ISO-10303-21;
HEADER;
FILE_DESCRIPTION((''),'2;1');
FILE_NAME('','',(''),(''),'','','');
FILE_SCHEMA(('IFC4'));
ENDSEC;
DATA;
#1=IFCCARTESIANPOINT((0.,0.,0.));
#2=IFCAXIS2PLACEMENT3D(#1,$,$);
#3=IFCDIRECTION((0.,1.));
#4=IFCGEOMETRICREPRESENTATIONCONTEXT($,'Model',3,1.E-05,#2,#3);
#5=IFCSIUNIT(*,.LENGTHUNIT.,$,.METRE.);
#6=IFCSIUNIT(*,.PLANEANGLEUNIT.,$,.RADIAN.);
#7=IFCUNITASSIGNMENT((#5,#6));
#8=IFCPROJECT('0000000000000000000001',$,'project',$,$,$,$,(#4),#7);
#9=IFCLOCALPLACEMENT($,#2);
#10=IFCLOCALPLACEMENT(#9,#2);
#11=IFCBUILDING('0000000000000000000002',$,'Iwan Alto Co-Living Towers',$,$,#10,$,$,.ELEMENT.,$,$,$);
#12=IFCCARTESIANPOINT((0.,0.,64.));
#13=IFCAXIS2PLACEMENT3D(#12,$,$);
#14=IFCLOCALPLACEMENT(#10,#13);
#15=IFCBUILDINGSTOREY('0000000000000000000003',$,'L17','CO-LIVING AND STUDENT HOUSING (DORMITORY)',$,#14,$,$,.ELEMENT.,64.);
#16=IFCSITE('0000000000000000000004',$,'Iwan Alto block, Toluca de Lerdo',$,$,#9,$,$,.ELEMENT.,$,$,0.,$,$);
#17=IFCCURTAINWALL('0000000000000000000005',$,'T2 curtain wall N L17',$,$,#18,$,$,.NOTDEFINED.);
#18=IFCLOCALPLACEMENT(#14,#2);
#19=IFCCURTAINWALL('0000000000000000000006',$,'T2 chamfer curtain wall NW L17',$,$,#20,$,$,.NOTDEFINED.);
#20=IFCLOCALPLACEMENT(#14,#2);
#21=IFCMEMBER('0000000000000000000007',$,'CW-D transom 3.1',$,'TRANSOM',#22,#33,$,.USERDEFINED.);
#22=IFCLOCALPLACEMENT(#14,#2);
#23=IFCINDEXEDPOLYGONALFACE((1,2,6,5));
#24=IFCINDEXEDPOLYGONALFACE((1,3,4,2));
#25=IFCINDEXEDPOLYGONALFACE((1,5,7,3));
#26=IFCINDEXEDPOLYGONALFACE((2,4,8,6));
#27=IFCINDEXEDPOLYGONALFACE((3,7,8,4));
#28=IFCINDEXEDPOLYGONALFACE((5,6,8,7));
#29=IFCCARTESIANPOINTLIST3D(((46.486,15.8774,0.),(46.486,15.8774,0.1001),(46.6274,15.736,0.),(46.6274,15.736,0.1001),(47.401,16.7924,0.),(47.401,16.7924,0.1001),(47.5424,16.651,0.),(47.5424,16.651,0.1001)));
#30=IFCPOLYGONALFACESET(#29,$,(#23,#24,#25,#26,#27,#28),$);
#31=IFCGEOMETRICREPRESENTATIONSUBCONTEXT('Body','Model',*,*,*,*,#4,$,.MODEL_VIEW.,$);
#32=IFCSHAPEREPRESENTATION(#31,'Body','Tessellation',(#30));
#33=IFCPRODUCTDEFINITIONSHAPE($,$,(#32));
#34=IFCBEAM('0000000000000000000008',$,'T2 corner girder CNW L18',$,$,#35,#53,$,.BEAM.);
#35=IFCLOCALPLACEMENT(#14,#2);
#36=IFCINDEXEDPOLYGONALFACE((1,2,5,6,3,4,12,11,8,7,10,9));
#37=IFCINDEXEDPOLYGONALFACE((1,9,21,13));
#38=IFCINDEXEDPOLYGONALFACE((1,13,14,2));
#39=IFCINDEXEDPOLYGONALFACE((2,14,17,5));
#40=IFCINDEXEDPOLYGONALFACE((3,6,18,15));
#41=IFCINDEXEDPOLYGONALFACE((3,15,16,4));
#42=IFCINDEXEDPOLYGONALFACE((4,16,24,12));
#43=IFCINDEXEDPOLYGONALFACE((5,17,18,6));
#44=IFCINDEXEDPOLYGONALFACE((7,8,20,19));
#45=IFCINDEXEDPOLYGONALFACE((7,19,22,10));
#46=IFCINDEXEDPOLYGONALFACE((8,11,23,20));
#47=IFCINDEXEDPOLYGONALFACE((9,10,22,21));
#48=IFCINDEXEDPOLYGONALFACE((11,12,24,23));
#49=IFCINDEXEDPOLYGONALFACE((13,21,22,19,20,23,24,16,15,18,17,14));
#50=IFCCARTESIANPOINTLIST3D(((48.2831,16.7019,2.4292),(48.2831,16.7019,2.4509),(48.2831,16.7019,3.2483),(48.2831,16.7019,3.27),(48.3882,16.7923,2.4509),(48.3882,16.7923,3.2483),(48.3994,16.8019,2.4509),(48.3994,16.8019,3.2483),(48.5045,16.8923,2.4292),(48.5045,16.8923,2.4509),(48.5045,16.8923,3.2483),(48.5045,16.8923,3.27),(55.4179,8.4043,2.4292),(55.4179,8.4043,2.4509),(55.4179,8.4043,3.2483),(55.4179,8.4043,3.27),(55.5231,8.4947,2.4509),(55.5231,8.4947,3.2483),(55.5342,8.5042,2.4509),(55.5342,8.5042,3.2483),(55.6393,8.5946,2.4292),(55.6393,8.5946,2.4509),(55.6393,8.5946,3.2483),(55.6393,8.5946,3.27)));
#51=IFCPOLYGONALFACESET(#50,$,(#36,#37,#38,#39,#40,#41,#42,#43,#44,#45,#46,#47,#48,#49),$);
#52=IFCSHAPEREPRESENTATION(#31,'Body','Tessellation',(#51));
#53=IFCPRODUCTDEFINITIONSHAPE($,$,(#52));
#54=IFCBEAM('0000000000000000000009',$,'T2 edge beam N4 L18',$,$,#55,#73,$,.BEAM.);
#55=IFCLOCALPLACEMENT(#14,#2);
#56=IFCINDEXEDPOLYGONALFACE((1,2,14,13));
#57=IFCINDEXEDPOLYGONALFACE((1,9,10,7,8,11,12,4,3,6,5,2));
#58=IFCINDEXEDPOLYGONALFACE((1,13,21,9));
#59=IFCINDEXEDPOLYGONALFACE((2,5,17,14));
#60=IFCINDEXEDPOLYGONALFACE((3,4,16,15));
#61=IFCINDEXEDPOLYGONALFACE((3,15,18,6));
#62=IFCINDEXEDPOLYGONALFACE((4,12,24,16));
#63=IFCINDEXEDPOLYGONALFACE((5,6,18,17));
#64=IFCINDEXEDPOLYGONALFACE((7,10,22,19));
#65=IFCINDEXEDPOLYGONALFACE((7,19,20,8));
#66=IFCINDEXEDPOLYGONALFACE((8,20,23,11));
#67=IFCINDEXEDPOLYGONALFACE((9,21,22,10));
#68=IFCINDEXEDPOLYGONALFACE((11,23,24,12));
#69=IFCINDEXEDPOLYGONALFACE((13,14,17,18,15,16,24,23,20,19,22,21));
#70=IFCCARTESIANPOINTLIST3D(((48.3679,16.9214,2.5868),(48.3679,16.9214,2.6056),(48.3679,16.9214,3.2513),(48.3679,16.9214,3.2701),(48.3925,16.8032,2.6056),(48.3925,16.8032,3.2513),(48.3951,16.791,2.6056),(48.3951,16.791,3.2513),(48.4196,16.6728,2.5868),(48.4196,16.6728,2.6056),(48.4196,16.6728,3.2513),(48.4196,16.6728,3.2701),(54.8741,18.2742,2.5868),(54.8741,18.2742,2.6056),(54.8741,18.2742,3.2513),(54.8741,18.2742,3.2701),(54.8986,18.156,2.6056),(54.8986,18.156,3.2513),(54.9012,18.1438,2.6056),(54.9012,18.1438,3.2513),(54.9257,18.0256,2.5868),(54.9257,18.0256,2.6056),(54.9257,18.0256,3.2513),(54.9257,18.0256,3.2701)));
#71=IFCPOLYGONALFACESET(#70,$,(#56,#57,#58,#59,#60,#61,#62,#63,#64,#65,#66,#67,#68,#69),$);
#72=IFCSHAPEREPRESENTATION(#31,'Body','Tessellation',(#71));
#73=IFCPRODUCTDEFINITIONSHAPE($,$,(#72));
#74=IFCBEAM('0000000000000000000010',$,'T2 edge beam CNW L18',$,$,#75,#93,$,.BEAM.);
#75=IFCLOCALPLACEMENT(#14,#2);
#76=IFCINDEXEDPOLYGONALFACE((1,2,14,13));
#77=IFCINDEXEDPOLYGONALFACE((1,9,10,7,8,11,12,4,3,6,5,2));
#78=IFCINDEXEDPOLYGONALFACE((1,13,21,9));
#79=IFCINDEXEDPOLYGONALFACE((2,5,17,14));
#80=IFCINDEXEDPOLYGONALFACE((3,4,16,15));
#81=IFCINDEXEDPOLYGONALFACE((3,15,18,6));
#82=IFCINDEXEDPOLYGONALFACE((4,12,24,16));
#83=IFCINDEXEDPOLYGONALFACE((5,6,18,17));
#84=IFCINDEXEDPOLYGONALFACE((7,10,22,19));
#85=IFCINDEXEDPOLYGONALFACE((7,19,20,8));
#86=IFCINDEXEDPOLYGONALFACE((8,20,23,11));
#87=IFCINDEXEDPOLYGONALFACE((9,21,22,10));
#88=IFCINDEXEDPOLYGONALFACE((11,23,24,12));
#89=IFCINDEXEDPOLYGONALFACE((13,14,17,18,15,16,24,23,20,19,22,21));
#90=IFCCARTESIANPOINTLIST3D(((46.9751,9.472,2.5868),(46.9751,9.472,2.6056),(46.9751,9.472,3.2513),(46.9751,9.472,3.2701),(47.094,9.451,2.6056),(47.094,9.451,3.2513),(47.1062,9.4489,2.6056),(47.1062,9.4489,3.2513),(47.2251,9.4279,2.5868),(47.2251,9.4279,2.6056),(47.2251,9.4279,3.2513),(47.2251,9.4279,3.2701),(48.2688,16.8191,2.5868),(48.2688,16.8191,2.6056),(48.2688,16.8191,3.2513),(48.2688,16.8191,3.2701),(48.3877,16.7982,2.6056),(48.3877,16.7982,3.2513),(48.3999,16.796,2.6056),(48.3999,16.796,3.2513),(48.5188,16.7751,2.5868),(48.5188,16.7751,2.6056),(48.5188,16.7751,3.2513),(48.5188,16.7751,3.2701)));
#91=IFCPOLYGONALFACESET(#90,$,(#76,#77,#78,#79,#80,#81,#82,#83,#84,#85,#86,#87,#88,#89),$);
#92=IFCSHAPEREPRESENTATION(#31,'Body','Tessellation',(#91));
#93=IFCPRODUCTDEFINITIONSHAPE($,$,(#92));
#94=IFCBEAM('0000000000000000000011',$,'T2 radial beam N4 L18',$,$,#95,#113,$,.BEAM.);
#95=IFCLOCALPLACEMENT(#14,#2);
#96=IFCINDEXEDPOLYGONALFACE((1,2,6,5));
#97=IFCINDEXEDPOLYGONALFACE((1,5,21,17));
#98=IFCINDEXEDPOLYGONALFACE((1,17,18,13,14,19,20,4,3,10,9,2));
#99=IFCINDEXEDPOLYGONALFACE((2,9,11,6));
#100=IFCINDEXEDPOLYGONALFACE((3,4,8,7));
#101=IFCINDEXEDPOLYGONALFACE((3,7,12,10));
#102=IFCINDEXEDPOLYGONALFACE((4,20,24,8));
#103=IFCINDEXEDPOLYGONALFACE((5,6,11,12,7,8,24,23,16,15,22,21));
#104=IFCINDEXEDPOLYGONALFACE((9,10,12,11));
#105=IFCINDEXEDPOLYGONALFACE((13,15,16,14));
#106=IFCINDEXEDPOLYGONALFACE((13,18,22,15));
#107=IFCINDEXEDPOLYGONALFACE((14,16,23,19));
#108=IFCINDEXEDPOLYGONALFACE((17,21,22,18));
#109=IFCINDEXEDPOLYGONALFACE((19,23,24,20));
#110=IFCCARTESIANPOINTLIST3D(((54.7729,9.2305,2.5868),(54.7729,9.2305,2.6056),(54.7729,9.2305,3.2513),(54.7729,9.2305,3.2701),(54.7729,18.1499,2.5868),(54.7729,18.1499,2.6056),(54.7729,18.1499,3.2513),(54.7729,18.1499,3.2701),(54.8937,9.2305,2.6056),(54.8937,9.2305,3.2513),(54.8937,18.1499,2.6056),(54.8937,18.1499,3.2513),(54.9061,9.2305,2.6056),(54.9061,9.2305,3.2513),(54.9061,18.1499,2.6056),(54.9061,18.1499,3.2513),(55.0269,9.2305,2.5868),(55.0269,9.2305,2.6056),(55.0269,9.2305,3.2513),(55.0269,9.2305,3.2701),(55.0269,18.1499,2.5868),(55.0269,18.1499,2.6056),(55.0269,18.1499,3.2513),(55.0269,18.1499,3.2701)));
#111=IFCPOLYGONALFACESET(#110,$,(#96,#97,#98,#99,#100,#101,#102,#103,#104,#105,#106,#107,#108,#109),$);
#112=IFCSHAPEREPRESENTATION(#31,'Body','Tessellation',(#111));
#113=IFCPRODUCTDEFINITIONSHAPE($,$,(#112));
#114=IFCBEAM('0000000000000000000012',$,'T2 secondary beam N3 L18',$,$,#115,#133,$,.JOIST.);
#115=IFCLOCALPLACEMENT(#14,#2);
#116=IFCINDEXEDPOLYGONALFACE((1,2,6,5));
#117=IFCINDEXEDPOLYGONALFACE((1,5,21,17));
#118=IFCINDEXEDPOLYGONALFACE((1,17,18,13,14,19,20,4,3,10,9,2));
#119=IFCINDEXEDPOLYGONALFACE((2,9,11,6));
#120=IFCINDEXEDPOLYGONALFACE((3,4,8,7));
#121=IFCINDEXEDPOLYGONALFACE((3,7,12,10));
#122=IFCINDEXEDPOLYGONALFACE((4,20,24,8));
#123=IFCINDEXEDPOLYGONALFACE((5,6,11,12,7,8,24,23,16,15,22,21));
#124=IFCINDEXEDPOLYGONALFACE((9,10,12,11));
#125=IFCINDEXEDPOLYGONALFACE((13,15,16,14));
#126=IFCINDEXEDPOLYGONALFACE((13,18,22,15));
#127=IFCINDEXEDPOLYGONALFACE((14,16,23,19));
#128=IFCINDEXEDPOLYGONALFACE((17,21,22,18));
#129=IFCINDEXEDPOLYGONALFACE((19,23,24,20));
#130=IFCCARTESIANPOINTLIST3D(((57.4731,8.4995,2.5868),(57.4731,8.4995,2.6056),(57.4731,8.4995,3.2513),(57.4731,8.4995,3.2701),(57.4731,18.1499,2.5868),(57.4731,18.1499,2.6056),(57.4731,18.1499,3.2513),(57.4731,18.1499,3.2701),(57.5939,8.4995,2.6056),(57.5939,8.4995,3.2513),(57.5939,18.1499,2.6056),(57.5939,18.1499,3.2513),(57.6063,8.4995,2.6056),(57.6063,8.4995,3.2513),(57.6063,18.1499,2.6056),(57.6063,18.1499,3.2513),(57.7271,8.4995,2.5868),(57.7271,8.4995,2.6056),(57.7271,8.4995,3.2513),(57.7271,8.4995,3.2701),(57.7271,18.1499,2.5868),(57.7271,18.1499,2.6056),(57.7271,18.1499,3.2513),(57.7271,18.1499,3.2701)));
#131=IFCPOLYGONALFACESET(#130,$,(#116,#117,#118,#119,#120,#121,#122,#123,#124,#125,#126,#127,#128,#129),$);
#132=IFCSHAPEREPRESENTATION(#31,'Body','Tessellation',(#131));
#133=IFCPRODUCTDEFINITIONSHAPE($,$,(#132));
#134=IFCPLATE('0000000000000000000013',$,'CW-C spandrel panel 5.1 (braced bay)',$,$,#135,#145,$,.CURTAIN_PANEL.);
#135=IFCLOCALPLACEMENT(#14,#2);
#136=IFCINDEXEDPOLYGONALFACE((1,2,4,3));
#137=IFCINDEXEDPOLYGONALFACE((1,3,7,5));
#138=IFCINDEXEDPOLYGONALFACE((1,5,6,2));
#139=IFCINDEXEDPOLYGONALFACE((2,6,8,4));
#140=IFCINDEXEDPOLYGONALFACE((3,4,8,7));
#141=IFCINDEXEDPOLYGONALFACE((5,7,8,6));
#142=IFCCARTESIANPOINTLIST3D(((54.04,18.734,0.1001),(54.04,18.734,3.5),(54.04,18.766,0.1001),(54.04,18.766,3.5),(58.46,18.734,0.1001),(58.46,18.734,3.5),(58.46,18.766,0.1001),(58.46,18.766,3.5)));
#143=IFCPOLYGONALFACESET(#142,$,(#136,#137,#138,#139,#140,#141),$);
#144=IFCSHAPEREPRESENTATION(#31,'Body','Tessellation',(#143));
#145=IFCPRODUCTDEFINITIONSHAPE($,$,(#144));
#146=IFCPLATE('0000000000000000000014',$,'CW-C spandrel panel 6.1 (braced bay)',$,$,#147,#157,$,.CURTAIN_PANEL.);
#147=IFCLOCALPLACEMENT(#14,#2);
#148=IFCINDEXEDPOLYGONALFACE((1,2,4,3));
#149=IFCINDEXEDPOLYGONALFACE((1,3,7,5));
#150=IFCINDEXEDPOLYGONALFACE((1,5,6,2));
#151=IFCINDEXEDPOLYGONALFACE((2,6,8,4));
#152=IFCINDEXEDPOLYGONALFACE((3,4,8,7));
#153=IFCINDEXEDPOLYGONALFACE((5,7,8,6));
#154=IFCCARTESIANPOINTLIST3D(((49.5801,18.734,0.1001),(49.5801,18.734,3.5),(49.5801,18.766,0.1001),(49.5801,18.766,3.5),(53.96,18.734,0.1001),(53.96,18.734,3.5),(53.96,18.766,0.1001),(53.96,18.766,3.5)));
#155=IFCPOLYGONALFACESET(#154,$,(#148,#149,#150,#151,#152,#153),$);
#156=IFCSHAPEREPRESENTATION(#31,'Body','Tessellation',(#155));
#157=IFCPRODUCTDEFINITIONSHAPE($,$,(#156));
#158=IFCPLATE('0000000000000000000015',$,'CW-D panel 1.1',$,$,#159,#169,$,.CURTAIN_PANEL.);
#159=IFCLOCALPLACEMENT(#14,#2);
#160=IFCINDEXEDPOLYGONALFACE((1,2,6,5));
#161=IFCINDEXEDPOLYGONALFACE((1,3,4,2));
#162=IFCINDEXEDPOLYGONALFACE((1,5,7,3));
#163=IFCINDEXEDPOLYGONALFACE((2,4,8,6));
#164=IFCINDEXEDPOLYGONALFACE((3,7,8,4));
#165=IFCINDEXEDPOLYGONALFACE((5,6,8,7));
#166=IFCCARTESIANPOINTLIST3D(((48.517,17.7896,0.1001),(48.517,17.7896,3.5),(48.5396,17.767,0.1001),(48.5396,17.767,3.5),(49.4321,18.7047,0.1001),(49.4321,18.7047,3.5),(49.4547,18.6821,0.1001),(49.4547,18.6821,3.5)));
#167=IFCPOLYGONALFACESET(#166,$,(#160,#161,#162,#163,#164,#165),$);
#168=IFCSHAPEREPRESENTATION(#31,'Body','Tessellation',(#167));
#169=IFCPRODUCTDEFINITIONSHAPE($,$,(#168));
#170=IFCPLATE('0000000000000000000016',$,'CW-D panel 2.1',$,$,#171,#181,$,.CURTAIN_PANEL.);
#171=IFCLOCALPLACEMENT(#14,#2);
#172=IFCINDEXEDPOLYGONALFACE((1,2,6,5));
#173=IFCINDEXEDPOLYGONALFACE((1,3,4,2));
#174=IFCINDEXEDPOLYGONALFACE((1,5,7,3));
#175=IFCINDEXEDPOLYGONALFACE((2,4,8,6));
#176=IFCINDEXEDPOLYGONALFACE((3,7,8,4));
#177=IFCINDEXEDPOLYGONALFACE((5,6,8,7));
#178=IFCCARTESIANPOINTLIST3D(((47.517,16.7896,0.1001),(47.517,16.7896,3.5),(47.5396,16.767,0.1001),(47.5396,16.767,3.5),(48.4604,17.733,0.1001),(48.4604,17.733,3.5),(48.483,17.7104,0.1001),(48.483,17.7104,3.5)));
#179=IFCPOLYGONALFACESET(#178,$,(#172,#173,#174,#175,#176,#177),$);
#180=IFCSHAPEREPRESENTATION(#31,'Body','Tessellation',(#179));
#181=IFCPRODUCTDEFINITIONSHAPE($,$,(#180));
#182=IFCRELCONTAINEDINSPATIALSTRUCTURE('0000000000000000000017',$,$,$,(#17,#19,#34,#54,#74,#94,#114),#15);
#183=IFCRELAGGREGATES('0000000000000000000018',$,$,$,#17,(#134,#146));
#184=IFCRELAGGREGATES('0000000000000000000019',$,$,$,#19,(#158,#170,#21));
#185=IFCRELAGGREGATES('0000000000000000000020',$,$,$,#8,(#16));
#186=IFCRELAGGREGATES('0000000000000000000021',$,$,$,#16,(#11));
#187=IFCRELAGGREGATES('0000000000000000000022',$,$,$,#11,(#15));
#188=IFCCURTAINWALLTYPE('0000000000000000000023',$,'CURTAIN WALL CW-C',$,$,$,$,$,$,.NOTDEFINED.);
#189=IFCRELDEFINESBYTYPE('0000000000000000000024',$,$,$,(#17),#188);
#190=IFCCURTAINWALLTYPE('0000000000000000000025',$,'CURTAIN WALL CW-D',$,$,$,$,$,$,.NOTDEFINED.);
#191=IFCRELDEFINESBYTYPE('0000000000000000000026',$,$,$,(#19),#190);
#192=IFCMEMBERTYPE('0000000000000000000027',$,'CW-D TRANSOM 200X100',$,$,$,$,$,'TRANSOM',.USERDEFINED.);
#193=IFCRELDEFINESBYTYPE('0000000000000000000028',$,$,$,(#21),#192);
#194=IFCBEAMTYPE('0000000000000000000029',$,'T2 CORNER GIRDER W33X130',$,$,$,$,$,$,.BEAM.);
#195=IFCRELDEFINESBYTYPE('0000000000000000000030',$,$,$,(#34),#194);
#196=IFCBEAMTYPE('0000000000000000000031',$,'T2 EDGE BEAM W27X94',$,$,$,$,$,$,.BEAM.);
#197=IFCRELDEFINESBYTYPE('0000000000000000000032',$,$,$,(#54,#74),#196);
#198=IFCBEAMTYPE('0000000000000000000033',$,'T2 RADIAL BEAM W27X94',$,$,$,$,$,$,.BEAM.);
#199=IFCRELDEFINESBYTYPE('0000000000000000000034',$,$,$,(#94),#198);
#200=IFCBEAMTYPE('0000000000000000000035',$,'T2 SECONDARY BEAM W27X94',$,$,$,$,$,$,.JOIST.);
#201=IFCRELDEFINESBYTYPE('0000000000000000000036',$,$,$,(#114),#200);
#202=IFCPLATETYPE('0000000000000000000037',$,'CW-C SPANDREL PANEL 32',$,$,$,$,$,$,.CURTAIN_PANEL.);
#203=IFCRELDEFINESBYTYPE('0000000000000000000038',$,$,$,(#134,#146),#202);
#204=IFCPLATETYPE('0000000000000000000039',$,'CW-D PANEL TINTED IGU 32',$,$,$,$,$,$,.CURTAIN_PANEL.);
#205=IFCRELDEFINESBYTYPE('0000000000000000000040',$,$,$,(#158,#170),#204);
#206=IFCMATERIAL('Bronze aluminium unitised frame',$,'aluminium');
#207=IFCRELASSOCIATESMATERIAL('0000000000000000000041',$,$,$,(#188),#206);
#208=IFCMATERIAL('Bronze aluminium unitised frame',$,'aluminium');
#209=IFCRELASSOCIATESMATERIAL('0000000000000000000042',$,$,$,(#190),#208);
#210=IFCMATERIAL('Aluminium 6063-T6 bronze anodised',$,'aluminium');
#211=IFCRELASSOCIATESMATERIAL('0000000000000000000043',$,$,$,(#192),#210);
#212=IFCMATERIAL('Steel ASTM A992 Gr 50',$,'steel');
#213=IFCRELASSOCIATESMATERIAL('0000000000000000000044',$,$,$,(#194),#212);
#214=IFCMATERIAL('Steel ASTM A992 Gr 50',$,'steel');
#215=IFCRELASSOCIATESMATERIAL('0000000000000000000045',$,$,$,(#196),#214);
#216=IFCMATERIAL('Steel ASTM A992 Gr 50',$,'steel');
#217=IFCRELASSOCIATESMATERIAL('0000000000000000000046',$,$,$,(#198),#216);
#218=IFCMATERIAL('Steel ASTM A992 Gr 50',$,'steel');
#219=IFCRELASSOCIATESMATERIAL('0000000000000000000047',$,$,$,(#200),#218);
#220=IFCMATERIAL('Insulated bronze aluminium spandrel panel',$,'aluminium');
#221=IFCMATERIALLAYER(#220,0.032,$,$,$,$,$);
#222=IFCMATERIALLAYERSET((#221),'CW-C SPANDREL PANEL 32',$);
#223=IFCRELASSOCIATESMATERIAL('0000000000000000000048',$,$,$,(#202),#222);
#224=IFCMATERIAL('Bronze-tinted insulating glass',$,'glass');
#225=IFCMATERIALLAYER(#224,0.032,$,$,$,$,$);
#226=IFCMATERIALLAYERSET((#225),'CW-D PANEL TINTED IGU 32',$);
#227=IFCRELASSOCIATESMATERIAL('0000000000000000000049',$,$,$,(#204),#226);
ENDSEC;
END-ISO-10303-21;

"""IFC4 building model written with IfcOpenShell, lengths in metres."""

from ifc_helpers import new_model, si_unit, direction, frame, origin, origin_2d, place, context, subcontext, project, spatial, rectangle, i_section, extrude, material, layer, layer_set, material_profile, profile_set, type_object, element, aggregate, save


model = new_model("IFC4")

# Units and contexts
model_context = context("Model", 3, precision=1e-05, world=origin(), true_north=direction((0.0, 1.0)))
body_context = subcontext(model_context, "Body", "Model", "MODEL_VIEW")
ifc_project = project(units=[si_unit("LENGTHUNIT", "METRE"), si_unit("PLANEANGLEUNIT", "RADIAN")], contexts=[model_context])

# Site, building, storey
site_placement = place(None, origin())
site = spatial("IfcSite", under=ifc_project, at=site_placement, Name="Iwan Alto block, Toluca de Lerdo", CompositionType="ELEMENT", RefElevation=0.0)
building_placement = place(site_placement, origin())
building = spatial("IfcBuilding", under=site, at=building_placement, Name="Iwan Alto Co-Living Towers", CompositionType="ELEMENT")
storey_placement = place(building_placement, frame((0.0, 0.0, 64.0)))
storey = spatial("IfcBuildingStorey", under=building, at=storey_placement, Name="L17", Description="CO-LIVING AND STUDENT HOUSING (DORMITORY)", CompositionType="ELEMENT", Elevation=64.0)

# Curtain walls, member
ifc_material_1 = material(Name="Bronze aluminium unitised frame", Category="aluminium")
curtain_wall_type_1 = type_object("IfcCurtainWallType", Name="CURTAIN WALL CW-C", PredefinedType="NOTDEFINED", material=ifc_material_1)
curtain_wall_1_placement = place(storey_placement, origin())
curtain_wall_1 = element("IfcCurtainWall", 1, at=curtain_wall_1_placement, inside=storey, type_object=curtain_wall_type_1, Name="T2 curtain wall N L17", PredefinedType="NOTDEFINED")
ifc_material_2 = material(Name="Bronze aluminium unitised frame", Category="aluminium")
curtain_wall_type_2 = type_object("IfcCurtainWallType", Name="CURTAIN WALL CW-D", PredefinedType="NOTDEFINED", material=ifc_material_2)
curtain_wall_2_placement = place(storey_placement, origin())
curtain_wall_2 = element("IfcCurtainWall", 2, at=curtain_wall_2_placement, inside=storey, type_object=curtain_wall_type_2, Name="T2 chamfer curtain wall NW L17", PredefinedType="NOTDEFINED")
ifc_material_3 = material(Name="Aluminium 6063-T6 bronze anodised", Category="aluminium")
ifc_material_profile_1 = material_profile(ifc_material_3, rectangle(XDim=0.2, YDim=0.1001, at=origin_2d()), Name="AL 200X100")
ifc_profile_set_1 = profile_set([ifc_material_profile_1], Name="Aluminium 6063-T6 bronze anodised")
member_type_1 = type_object("IfcMemberType", Name="CW-D TRANSOM 200X100", ElementType="TRANSOM", PredefinedType="USERDEFINED", material=ifc_profile_set_1)
member_1_placement = place(storey_placement, frame((47.4717, 16.7217, 0.05), z_axis=(-0.707107, -0.707107, 0.0), x_axis=(0.707107, -0.707107, 0.0)))
member_1 = element("IfcMember", 3, at=member_1_placement, type_object=member_type_1, Name="CW-D transom 3.1", ObjectType="TRANSOM", PredefinedType="USERDEFINED", context=body_context, shape_type="SweptSolid", body=[
    extrude(rectangle(XDim=0.2, YDim=0.1001, at=origin_2d()), origin(), (0.0, 0.0, 1.0), 1.2939),
])

# Beams
ifc_material_4 = material(Name="Steel ASTM A992 Gr 50", Category="steel")
ifc_material_profile_2 = material_profile(ifc_material_4, i_section(OverallWidth=0.292, OverallDepth=0.8408, WebThickness=0.0146, FlangeThickness=0.0217, at=origin_2d()), Name="W33X130")
ifc_profile_set_2 = profile_set([ifc_material_profile_2], Name="Steel ASTM A992 Gr 50")
beam_type_1 = type_object("IfcBeamType", Name="T2 CORNER GIRDER W33X130", PredefinedType="BEAM", material=ifc_profile_set_2)
beam_1_placement = place(storey_placement, frame((48.3938, 16.7971, 2.8496), z_axis=(0.651977, -0.758238, 0.0), x_axis=(0.758238, 0.651977, 0.0)))
element("IfcBeam", 4, at=beam_1_placement, inside=storey, type_object=beam_type_1, Name="T2 corner girder CNW L18", PredefinedType="BEAM", context=body_context, shape_type="SweptSolid", body=[
    extrude(i_section(OverallWidth=0.292, OverallDepth=0.8408, WebThickness=0.0146, FlangeThickness=0.0217, at=origin_2d()), origin(), (0.0, 0.0, 1.0), 10.9434),
])
ifc_material_5 = material(Name="Steel ASTM A992 Gr 50", Category="steel")
ifc_material_profile_3 = material_profile(ifc_material_5, i_section(OverallWidth=0.2539, OverallDepth=0.6833, WebThickness=0.0125, FlangeThickness=0.0188, at=origin_2d()), Name="W27X94")
ifc_profile_set_3 = profile_set([ifc_material_profile_3], Name="Steel ASTM A992 Gr 50")
beam_type_2 = type_object("IfcBeamType", Name="T2 EDGE BEAM W27X94", PredefinedType="BEAM", material=ifc_profile_set_3)
beam_2_placement = place(storey_placement, frame((54.8999, 18.1499, 2.9285), z_axis=(-0.97906, -0.203571, 0.0), x_axis=(0.203571, -0.97906, 0.0)))
element("IfcBeam", 5, at=beam_2_placement, inside=storey, type_object=beam_type_2, Name="T2 edge beam N4 L18", PredefinedType="BEAM", context=body_context, shape_type="SweptSolid", body=[
    extrude(i_section(OverallWidth=0.2539, OverallDepth=0.6833, WebThickness=0.0125, FlangeThickness=0.0188, at=origin_2d()), origin(), (0.0, 0.0, 1.0), 6.6453),
])
beam_3_placement = place(storey_placement, frame((48.3938, 16.7971, 2.9285), z_axis=(-0.173414, -0.984849, 0.0), x_axis=(0.984849, -0.173414, 0.0)))
element("IfcBeam", 6, at=beam_3_placement, inside=storey, type_object=beam_type_2, Name="T2 edge beam CNW L18", PredefinedType="BEAM", context=body_context, shape_type="SweptSolid", body=[
    extrude(i_section(OverallWidth=0.2539, OverallDepth=0.6833, WebThickness=0.0125, FlangeThickness=0.0188, at=origin_2d()), origin(), (0.0, 0.0, 1.0), 7.4602),
])
ifc_material_6 = material(Name="Steel ASTM A992 Gr 50", Category="steel")
ifc_material_profile_4 = material_profile(ifc_material_6, i_section(OverallWidth=0.2539, OverallDepth=0.6833, WebThickness=0.0125, FlangeThickness=0.0188, at=origin_2d()), Name="W27X94")
ifc_profile_set_4 = profile_set([ifc_material_profile_4], Name="Steel ASTM A992 Gr 50")
beam_type_3 = type_object("IfcBeamType", Name="T2 RADIAL BEAM W27X94", PredefinedType="BEAM", material=ifc_profile_set_4)
beam_4_placement = place(storey_placement, frame((54.8999, 18.1499, 2.9285), z_axis=(0.0, -1.0, 0.0), x_axis=(1.0, 0.0, 0.0)))
element("IfcBeam", 7, at=beam_4_placement, inside=storey, type_object=beam_type_3, Name="T2 radial beam N4 L18", PredefinedType="BEAM", context=body_context, shape_type="SweptSolid", body=[
    extrude(i_section(OverallWidth=0.2539, OverallDepth=0.6833, WebThickness=0.0125, FlangeThickness=0.0188, at=origin_2d()), origin(), (0.0, 0.0, 1.0), 8.9194),
])
ifc_material_7 = material(Name="Steel ASTM A992 Gr 50", Category="steel")
ifc_material_profile_5 = material_profile(ifc_material_7, i_section(OverallWidth=0.2539, OverallDepth=0.6833, WebThickness=0.0125, FlangeThickness=0.0188, at=origin_2d()), Name="W27X94")
ifc_profile_set_5 = profile_set([ifc_material_profile_5], Name="Steel ASTM A992 Gr 50")
beam_type_4 = type_object("IfcBeamType", Name="T2 SECONDARY BEAM W27X94", PredefinedType="JOIST", material=ifc_profile_set_5)
beam_5_placement = place(storey_placement, frame((57.6001, 18.1499, 2.9285), z_axis=(0.0, -1.0, 0.0), x_axis=(1.0, 0.0, 0.0)))
element("IfcBeam", 8, at=beam_5_placement, inside=storey, type_object=beam_type_4, Name="T2 secondary beam N3 L18", PredefinedType="JOIST", context=body_context, shape_type="SweptSolid", body=[
    extrude(i_section(OverallWidth=0.2539, OverallDepth=0.6833, WebThickness=0.0125, FlangeThickness=0.0188, at=origin_2d()), origin(), (0.0, 0.0, 1.0), 9.6504),
])

# Plates
ifc_material_8 = material(Name="Insulated bronze aluminium spandrel panel", Category="aluminium")
ifc_layer_1 = layer(ifc_material_8, 0.032)
ifc_layer_set_1 = layer_set([ifc_layer_1], Name="CW-C SPANDREL PANEL 32")
plate_type_1 = type_object("IfcPlateType", Name="CW-C SPANDREL PANEL 32", PredefinedType="CURTAIN_PANEL", material=ifc_layer_set_1)
plate_1_placement = place(storey_placement, frame((56.25, 18.75, 0.1001), z_axis=(0.0, 0.0, 1.0), x_axis=(-1.0, 0.0, 0.0)))
plate_1 = element("IfcPlate", 9, at=plate_1_placement, type_object=plate_type_1, Name="CW-C spandrel panel 5.1 (braced bay)", PredefinedType="CURTAIN_PANEL", context=body_context, shape_type="SweptSolid", body=[
    extrude(rectangle(XDim=4.4199, YDim=0.032, at=origin_2d()), origin(), (0.0, 0.0, 1.0), 3.3999),
])
plate_2_placement = place(storey_placement, frame((51.77, 18.75, 0.1001), z_axis=(0.0, 0.0, 1.0), x_axis=(-1.0, 0.0, 0.0)))
plate_2 = element("IfcPlate", 10, at=plate_2_placement, type_object=plate_type_1, Name="CW-C spandrel panel 6.1 (braced bay)", PredefinedType="CURTAIN_PANEL", context=body_context, shape_type="SweptSolid", body=[
    extrude(rectangle(XDim=4.3799, YDim=0.032, at=origin_2d()), origin(), (0.0, 0.0, 1.0), 3.3999),
])
aggregate(curtain_wall_1, [plate_1, plate_2])
ifc_material_9 = material(Name="Bronze-tinted insulating glass", Category="glass")
ifc_layer_2 = layer(ifc_material_9, 0.032)
ifc_layer_set_2 = layer_set([ifc_layer_2], Name="CW-D PANEL TINTED IGU 32")
plate_type_2 = type_object("IfcPlateType", Name="CW-D PANEL TINTED IGU 32", PredefinedType="CURTAIN_PANEL", material=ifc_layer_set_2)
plate_3_placement = place(storey_placement, frame((48.9858, 18.2358, 0.1001), z_axis=(0.0, 0.0, 1.0), x_axis=(-0.707107, -0.707107, 0.0)))
plate_3 = element("IfcPlate", 11, at=plate_3_placement, type_object=plate_type_2, Name="CW-D panel 1.1", PredefinedType="CURTAIN_PANEL", context=body_context, shape_type="SweptSolid", body=[
    extrude(rectangle(XDim=1.2942, YDim=0.032, at=origin_2d()), origin(), (0.0, 0.0, 1.0), 3.3999),
])
plate_4_placement = place(storey_placement, frame((48.0, 17.25, 0.1001), z_axis=(0.0, 0.0, 1.0), x_axis=(-0.707107, -0.707107, 0.0)))
plate_4 = element("IfcPlate", 12, at=plate_4_placement, type_object=plate_type_2, Name="CW-D panel 2.1", PredefinedType="CURTAIN_PANEL", context=body_context, shape_type="SweptSolid", body=[
    extrude(rectangle(XDim=1.3342, YDim=0.032, at=origin_2d()), origin(), (0.0, 0.0, 1.0), 3.3999),
])
aggregate(curtain_wall_2, [plate_3, plate_4, member_1])

save(model, "model.ifc")
